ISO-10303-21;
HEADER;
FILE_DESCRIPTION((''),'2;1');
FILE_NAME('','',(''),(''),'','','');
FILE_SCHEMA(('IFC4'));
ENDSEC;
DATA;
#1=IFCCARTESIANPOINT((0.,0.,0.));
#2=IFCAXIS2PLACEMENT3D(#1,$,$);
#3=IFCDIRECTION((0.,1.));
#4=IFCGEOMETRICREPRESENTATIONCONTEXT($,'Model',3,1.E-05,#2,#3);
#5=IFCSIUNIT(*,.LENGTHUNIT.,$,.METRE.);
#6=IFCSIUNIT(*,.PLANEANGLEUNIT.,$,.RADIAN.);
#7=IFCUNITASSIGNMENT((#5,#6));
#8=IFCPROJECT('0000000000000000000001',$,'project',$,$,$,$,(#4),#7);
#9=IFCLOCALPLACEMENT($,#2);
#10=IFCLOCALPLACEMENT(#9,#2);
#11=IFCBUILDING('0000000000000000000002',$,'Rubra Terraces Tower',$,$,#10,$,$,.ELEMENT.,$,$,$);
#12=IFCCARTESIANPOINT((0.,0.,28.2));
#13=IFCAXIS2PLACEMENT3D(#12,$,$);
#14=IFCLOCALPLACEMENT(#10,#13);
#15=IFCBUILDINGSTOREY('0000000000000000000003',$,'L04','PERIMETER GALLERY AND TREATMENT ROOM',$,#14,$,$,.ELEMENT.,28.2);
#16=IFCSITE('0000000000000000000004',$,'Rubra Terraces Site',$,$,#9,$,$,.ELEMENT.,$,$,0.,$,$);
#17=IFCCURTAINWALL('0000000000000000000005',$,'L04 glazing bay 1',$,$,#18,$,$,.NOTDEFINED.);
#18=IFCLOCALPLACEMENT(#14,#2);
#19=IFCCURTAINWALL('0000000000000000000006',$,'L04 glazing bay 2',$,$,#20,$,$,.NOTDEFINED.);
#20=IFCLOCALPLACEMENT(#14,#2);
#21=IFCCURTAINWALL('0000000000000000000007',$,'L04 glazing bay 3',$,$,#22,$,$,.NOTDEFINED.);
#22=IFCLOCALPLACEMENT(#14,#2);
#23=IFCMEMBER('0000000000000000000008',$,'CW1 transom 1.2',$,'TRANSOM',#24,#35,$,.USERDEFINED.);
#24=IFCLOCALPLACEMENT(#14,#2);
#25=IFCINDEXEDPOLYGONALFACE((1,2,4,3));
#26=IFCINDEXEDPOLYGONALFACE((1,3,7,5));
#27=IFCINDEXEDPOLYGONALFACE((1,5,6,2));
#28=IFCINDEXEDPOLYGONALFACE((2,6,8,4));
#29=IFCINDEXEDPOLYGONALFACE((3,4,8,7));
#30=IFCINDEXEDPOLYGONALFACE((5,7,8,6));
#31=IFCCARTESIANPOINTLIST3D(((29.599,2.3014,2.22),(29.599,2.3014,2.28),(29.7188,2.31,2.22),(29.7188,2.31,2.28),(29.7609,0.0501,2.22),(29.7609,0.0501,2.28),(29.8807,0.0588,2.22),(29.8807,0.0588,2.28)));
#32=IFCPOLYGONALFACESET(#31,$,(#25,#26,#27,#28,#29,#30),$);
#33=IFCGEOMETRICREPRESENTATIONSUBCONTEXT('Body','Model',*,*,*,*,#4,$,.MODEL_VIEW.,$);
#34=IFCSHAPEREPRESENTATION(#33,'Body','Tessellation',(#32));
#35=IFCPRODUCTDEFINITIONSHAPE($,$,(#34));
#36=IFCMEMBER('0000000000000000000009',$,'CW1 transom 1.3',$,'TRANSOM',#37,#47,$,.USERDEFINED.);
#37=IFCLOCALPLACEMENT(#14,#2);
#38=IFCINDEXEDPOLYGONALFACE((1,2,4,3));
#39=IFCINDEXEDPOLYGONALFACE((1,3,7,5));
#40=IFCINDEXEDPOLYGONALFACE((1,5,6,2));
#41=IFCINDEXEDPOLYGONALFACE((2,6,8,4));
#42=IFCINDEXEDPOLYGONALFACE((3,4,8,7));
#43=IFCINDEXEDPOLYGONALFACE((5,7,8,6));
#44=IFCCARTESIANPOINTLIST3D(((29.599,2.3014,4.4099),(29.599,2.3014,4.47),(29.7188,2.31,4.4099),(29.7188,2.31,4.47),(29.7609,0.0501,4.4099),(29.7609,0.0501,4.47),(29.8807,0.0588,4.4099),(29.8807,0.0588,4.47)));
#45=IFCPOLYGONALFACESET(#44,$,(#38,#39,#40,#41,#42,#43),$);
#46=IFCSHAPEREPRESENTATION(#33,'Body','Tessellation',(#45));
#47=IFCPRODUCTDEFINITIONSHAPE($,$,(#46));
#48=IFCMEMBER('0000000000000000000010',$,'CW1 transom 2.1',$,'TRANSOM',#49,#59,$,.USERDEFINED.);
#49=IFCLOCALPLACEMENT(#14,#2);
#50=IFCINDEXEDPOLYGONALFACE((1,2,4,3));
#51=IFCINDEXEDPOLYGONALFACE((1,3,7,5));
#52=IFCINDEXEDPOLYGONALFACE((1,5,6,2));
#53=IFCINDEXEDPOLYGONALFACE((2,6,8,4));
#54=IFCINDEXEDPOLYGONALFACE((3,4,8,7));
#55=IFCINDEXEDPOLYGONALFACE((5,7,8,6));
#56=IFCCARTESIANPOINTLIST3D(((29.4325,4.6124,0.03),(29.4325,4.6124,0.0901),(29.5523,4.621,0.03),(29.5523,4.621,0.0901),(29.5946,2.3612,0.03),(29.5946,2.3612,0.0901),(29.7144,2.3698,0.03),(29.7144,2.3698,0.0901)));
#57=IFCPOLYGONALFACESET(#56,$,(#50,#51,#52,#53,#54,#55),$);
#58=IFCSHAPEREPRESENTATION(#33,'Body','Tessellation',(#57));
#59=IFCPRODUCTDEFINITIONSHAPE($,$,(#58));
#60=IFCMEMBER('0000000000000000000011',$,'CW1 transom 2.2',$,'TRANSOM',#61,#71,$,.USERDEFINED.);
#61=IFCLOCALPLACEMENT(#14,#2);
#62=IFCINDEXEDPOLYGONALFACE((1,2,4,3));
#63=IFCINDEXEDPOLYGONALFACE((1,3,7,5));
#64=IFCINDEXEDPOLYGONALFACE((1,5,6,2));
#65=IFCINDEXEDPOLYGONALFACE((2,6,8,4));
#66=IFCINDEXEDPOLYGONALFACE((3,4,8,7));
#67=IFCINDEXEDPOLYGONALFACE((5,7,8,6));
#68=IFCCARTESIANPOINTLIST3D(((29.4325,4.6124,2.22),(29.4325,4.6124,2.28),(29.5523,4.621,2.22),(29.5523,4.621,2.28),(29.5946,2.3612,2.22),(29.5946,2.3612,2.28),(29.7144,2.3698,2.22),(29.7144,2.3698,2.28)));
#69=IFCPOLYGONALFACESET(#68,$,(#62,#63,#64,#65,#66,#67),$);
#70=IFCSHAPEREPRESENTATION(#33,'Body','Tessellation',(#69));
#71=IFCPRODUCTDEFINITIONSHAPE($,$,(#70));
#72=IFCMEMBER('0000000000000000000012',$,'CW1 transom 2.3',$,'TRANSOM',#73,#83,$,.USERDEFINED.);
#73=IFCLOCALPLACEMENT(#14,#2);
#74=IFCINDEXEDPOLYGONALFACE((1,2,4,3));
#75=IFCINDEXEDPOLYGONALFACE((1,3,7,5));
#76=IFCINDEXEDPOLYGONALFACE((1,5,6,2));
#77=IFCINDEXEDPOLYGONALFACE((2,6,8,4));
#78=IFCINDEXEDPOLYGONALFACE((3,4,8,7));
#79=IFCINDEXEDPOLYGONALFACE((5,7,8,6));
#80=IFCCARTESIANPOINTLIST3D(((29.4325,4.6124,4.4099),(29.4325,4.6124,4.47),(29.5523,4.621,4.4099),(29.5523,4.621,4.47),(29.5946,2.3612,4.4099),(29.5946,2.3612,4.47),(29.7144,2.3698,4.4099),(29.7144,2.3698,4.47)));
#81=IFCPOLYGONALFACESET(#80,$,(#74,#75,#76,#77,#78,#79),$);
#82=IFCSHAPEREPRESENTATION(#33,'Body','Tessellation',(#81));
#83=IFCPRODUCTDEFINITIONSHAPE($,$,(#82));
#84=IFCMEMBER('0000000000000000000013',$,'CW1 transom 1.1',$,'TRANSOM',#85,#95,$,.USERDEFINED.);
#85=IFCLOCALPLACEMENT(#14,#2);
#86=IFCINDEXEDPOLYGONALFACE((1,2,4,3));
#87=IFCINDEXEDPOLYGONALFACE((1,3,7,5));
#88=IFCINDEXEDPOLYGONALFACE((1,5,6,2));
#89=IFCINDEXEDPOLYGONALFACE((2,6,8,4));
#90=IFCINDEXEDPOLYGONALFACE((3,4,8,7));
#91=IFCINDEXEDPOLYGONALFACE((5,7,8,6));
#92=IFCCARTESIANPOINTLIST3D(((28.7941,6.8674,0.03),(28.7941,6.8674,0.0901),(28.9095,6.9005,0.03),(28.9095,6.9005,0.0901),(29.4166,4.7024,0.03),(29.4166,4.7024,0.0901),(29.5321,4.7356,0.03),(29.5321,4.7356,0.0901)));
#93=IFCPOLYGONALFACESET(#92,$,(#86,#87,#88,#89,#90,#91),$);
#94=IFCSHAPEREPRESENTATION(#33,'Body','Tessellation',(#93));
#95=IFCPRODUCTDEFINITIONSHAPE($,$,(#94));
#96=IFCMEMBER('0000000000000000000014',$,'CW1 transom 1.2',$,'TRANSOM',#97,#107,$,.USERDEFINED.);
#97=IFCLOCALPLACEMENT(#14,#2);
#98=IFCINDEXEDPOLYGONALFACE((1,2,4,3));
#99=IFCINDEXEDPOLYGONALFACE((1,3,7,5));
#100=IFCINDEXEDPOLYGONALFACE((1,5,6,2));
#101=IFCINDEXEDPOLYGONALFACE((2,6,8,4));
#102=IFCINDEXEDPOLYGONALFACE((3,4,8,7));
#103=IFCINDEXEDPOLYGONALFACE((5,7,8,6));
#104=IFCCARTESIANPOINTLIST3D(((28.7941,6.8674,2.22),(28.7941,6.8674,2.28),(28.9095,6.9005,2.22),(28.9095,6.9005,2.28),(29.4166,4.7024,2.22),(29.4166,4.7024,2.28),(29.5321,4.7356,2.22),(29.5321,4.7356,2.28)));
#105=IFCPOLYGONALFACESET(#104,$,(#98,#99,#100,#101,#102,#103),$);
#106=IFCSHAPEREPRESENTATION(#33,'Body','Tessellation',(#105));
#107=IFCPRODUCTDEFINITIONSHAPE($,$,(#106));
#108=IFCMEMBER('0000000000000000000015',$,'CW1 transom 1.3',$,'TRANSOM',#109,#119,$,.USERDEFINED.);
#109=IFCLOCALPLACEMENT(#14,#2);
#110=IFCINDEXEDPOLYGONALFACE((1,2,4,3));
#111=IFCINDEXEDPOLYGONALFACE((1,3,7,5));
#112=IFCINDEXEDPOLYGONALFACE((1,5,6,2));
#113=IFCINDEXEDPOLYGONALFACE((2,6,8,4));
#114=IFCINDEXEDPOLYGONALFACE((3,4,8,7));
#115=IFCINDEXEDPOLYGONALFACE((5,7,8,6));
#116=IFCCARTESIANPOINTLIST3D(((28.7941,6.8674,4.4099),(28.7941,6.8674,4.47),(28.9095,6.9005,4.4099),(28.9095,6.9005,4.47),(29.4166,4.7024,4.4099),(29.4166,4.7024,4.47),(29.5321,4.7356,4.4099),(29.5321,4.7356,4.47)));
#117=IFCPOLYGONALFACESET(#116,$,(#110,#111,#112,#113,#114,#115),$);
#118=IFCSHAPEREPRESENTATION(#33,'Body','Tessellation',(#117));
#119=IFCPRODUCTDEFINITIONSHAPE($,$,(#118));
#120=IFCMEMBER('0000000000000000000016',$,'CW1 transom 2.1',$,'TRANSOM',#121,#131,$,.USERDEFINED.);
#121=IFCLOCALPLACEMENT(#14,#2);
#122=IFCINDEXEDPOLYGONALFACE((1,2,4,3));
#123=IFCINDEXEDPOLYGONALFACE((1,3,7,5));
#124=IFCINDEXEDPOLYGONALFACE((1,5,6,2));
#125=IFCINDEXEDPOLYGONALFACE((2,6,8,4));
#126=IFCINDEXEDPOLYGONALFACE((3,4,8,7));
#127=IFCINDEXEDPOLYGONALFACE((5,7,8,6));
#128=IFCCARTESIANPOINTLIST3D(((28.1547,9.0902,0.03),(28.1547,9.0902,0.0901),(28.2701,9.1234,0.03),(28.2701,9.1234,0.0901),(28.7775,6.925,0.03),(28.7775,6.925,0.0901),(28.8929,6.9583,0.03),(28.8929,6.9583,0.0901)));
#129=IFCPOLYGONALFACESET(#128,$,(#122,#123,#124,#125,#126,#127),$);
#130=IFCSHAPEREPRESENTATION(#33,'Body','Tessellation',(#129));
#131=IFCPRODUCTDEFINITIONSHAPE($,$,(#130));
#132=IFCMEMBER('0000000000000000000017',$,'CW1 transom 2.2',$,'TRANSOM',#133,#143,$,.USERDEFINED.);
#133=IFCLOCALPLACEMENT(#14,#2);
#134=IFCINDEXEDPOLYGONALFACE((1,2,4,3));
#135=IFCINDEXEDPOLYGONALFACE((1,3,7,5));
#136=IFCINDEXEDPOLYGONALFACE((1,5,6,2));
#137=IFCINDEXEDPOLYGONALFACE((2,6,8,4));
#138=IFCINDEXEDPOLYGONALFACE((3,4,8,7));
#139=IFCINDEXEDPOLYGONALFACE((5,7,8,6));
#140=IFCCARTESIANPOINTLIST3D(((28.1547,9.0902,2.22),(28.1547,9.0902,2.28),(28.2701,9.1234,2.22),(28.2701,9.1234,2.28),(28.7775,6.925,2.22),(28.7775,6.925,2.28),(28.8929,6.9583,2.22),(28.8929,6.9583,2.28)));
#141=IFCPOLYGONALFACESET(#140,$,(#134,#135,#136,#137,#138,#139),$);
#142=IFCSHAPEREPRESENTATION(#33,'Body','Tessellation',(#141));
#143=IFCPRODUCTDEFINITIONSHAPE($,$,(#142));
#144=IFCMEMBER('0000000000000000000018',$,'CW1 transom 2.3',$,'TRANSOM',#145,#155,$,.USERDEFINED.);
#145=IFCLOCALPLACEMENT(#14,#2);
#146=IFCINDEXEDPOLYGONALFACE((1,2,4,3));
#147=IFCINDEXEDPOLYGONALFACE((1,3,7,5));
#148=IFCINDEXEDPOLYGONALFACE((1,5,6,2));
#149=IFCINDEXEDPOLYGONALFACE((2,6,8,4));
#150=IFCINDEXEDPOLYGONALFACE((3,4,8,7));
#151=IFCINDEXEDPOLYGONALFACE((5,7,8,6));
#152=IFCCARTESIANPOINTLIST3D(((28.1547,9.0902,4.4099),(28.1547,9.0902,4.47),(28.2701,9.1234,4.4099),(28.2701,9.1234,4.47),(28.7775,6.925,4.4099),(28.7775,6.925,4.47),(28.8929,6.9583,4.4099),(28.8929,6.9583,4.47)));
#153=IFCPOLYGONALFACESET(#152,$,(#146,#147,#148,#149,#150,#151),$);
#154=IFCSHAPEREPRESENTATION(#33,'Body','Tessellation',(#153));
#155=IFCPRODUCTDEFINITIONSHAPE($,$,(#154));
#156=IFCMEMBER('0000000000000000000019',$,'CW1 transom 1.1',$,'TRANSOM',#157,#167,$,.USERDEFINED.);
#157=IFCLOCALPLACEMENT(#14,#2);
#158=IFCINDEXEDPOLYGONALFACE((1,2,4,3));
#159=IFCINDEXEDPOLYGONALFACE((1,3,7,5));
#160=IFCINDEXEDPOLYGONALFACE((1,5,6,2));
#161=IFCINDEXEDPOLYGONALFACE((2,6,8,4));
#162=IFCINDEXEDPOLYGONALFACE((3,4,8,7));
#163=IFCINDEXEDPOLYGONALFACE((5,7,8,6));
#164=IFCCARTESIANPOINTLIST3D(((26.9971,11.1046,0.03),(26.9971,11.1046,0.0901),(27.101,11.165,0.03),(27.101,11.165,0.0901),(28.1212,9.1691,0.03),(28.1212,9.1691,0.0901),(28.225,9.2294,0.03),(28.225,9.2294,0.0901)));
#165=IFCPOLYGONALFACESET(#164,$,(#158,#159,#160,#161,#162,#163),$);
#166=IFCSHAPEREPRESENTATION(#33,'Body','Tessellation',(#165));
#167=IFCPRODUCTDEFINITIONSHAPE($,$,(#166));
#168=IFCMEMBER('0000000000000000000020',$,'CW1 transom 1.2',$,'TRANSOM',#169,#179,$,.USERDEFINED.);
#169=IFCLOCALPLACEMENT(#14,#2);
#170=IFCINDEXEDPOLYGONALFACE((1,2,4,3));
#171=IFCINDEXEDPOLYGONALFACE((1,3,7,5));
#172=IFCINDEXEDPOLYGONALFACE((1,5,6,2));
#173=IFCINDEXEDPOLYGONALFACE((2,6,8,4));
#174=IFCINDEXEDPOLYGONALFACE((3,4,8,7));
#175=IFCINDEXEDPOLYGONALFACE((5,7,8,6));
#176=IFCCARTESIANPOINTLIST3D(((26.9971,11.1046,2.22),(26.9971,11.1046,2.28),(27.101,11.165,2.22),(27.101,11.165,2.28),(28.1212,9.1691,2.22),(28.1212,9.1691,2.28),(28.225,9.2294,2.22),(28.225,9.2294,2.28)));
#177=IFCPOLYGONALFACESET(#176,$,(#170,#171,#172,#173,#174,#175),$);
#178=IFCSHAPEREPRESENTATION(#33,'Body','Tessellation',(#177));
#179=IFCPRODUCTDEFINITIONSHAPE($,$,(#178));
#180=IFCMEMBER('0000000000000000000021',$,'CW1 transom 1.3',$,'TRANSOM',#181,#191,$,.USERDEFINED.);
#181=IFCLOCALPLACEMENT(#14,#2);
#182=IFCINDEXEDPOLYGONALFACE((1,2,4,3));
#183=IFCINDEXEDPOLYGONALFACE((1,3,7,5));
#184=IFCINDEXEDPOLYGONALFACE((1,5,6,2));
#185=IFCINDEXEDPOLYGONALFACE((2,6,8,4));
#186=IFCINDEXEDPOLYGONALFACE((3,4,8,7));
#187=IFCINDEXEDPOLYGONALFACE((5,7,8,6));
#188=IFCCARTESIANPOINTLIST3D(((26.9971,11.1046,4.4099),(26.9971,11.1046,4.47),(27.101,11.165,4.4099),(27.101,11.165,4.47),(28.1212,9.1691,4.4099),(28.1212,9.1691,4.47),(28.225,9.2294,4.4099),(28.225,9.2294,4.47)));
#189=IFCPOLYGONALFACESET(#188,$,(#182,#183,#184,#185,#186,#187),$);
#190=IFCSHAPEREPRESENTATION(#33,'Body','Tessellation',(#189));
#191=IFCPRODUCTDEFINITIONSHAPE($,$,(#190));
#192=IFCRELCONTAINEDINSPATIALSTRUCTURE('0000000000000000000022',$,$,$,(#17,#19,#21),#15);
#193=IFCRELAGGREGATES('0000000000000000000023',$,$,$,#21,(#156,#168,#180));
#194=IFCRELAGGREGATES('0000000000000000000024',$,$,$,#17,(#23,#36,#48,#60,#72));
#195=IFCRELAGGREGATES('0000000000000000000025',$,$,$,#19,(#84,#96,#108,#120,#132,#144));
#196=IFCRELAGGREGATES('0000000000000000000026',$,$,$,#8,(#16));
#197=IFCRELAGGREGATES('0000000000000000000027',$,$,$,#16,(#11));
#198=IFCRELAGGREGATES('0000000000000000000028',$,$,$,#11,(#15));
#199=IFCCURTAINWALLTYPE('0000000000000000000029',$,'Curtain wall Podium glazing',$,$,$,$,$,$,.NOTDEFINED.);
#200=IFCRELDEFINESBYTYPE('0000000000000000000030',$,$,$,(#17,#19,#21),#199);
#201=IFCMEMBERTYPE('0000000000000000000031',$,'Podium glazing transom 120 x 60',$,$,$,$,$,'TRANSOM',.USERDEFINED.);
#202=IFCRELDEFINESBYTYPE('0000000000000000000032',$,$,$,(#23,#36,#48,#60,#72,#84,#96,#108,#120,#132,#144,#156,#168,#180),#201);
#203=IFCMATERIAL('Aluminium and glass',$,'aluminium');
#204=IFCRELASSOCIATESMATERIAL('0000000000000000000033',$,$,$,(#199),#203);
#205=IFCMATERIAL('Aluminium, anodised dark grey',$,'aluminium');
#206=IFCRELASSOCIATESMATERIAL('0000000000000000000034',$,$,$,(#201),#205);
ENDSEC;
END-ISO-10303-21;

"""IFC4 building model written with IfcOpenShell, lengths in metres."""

from ifc_helpers import new_model, si_unit, direction, frame, origin, origin_2d, place, context, subcontext, project, spatial, rectangle, extrude, material, material_profile, profile_set, type_object, element, aggregate, save


model = new_model("IFC4")

# Units and contexts
model_context = context("Model", 3, precision=1e-05, world=origin(), true_north=direction((0.0, 1.0)))
body_context = subcontext(model_context, "Body", "Model", "MODEL_VIEW")
ifc_project = project(units=[si_unit("LENGTHUNIT", "METRE"), si_unit("PLANEANGLEUNIT", "RADIAN")], contexts=[model_context])

# Site, building, storey
site_placement = place(None, origin())
site = spatial("IfcSite", under=ifc_project, at=site_placement, Name="Rubra Terraces Site", CompositionType="ELEMENT", RefElevation=0.0)
building_placement = place(site_placement, origin())
building = spatial("IfcBuilding", under=site, at=building_placement, Name="Rubra Terraces Tower", CompositionType="ELEMENT")
storey_placement = place(building_placement, frame((0.0, 0.0, 28.2)))
storey = spatial("IfcBuildingStorey", under=building, at=storey_placement, Name="L04", Description="PERIMETER GALLERY AND TREATMENT ROOM", CompositionType="ELEMENT", Elevation=28.2)

# Curtain walls
ifc_material_1 = material(Name="Aluminium and glass", Category="aluminium")
curtain_wall_type = type_object("IfcCurtainWallType", Name="Curtain wall Podium glazing", PredefinedType="NOTDEFINED", material=ifc_material_1)
curtain_wall_1_placement = place(storey_placement, origin())
curtain_wall_1 = element("IfcCurtainWall", 1, at=curtain_wall_1_placement, inside=storey, type_object=curtain_wall_type, Name="L04 glazing bay 1", PredefinedType="NOTDEFINED")
ifc_material_2 = material(Name="Aluminium, anodised dark grey", Category="aluminium")
curtain_wall_2_placement = place(storey_placement, origin())
curtain_wall_2 = element("IfcCurtainWall", 2, at=curtain_wall_2_placement, inside=storey, type_object=curtain_wall_type, Name="L04 glazing bay 2", PredefinedType="NOTDEFINED")

# Curtain wall
curtain_wall_3_placement = place(storey_placement, origin())
curtain_wall_3 = element("IfcCurtainWall", 3, at=curtain_wall_3_placement, inside=storey, type_object=curtain_wall_type, Name="L04 glazing bay 3", PredefinedType="NOTDEFINED")

# Members
ifc_material_profile_1 = material_profile(ifc_material_2, rectangle(XDim=0.1201, YDim=0.0601, at=origin_2d()), Name="AL 120x60")
ifc_profile_set_1 = profile_set([ifc_material_profile_1], Name="Aluminium, anodised dark grey")
member_type_1 = type_object("IfcMemberType", Name="Podium glazing transom 120 x 60", ElementType="TRANSOM", PredefinedType="USERDEFINED", material=ifc_profile_set_1)
member_1_placement = place(storey_placement, frame((29.8208, 0.0544, 2.25), z_axis=(-0.071716, 0.997425, 0.0), x_axis=(-0.997425, -0.071716, 0.0)))
member_1 = element("IfcMember", 4, at=member_1_placement, type_object=member_type_1, Name="CW1 transom 1.2", ObjectType="TRANSOM", PredefinedType="USERDEFINED", context=body_context, shape_type="SweptSolid", body=[
    extrude(rectangle(XDim=0.1201, YDim=0.0601, at=origin_2d()), origin(), (0.0, 0.0, 1.0), 2.2571),
])
member_2_placement = place(storey_placement, frame((29.8208, 0.0544, 4.4399), z_axis=(-0.071716, 0.997425, 0.0), x_axis=(-0.997425, -0.071716, 0.0)))
member_2 = element("IfcMember", 5, at=member_2_placement, type_object=member_type_1, Name="CW1 transom 1.3", ObjectType="TRANSOM", PredefinedType="USERDEFINED", context=body_context, shape_type="SweptSolid", body=[
    extrude(rectangle(XDim=0.1201, YDim=0.0601, at=origin_2d()), origin(), (0.0, 0.0, 1.0), 2.2571),
])
member_3_placement = place(storey_placement, frame((29.6545, 2.3655, 0.0601), z_axis=(-0.071824, 0.997417, 0.0), x_axis=(-0.997417, -0.071824, 0.0)))
member_3 = element("IfcMember", 6, at=member_3_placement, type_object=member_type_1, Name="CW1 transom 2.1", ObjectType="TRANSOM", PredefinedType="USERDEFINED", context=body_context, shape_type="SweptSolid", body=[
    extrude(rectangle(XDim=0.1201, YDim=0.0601, at=origin_2d()), origin(), (0.0, 0.0, 1.0), 2.2571),
])
member_4_placement = place(storey_placement, frame((29.6545, 2.3655, 2.25), z_axis=(-0.071824, 0.997417, 0.0), x_axis=(-0.997417, -0.071824, 0.0)))
member_4 = element("IfcMember", 7, at=member_4_placement, type_object=member_type_1, Name="CW1 transom 2.2", ObjectType="TRANSOM", PredefinedType="USERDEFINED", context=body_context, shape_type="SweptSolid", body=[
    extrude(rectangle(XDim=0.1201, YDim=0.0601, at=origin_2d()), origin(), (0.0, 0.0, 1.0), 2.2571),
])
member_5_placement = place(storey_placement, frame((29.6545, 2.3655, 4.4399), z_axis=(-0.071824, 0.997417, 0.0), x_axis=(-0.997417, -0.071824, 0.0)))
member_5 = element("IfcMember", 8, at=member_5_placement, type_object=member_type_1, Name="CW1 transom 2.3", ObjectType="TRANSOM", PredefinedType="USERDEFINED", context=body_context, shape_type="SweptSolid", body=[
    extrude(rectangle(XDim=0.1201, YDim=0.0601, at=origin_2d()), origin(), (0.0, 0.0, 1.0), 2.2571),
])
member_6_placement = place(storey_placement, frame((29.4744, 4.719, 0.0601), z_axis=(-0.276352, 0.961056, 0.0), x_axis=(-0.961056, -0.276352, 0.0)))
member_6 = element("IfcMember", 9, at=member_6_placement, type_object=member_type_1, Name="CW1 transom 1.1", ObjectType="TRANSOM", PredefinedType="USERDEFINED", context=body_context, shape_type="SweptSolid", body=[
    extrude(rectangle(XDim=0.1201, YDim=0.0601, at=origin_2d()), origin(), (0.0, 0.0, 1.0), 2.2527),
])
member_7_placement = place(storey_placement, frame((29.4744, 4.719, 2.25), z_axis=(-0.276352, 0.961056, 0.0), x_axis=(-0.961056, -0.276352, 0.0)))
member_7 = element("IfcMember", 10, at=member_7_placement, type_object=member_type_1, Name="CW1 transom 1.2", ObjectType="TRANSOM", PredefinedType="USERDEFINED", context=body_context, shape_type="SweptSolid", body=[
    extrude(rectangle(XDim=0.1201, YDim=0.0601, at=origin_2d()), origin(), (0.0, 0.0, 1.0), 2.2527),
])
member_8_placement = place(storey_placement, frame((29.4744, 4.719, 4.4399), z_axis=(-0.276352, 0.961056, 0.0), x_axis=(-0.961056, -0.276352, 0.0)))
member_8 = element("IfcMember", 11, at=member_8_placement, type_object=member_type_1, Name="CW1 transom 1.3", ObjectType="TRANSOM", PredefinedType="USERDEFINED", context=body_context, shape_type="SweptSolid", body=[
    extrude(rectangle(XDim=0.1201, YDim=0.0601, at=origin_2d()), origin(), (0.0, 0.0, 1.0), 2.2527),
])
member_9_placement = place(storey_placement, frame((28.8352, 6.9417, 0.0601), z_axis=(-0.276453, 0.961028, 0.0), x_axis=(-0.961028, -0.276453, 0.0)))
member_9 = element("IfcMember", 12, at=member_9_placement, type_object=member_type_1, Name="CW1 transom 2.1", ObjectType="TRANSOM", PredefinedType="USERDEFINED", context=body_context, shape_type="SweptSolid", body=[
    extrude(rectangle(XDim=0.1201, YDim=0.0601, at=origin_2d()), origin(), (0.0, 0.0, 1.0), 2.2529),
])
member_10_placement = place(storey_placement, frame((28.8352, 6.9417, 2.25), z_axis=(-0.276453, 0.961028, 0.0), x_axis=(-0.961028, -0.276453, 0.0)))
member_10 = element("IfcMember", 13, at=member_10_placement, type_object=member_type_1, Name="CW1 transom 2.2", ObjectType="TRANSOM", PredefinedType="USERDEFINED", context=body_context, shape_type="SweptSolid", body=[
    extrude(rectangle(XDim=0.1201, YDim=0.0601, at=origin_2d()), origin(), (0.0, 0.0, 1.0), 2.2529),
])
member_11_placement = place(storey_placement, frame((28.8352, 6.9417, 4.4399), z_axis=(-0.276453, 0.961028, 0.0), x_axis=(-0.961028, -0.276453, 0.0)))
member_11 = element("IfcMember", 14, at=member_11_placement, type_object=member_type_1, Name="CW1 transom 2.3", ObjectType="TRANSOM", PredefinedType="USERDEFINED", context=body_context, shape_type="SweptSolid", body=[
    extrude(rectangle(XDim=0.1201, YDim=0.0601, at=origin_2d()), origin(), (0.0, 0.0, 1.0), 2.2529),
])
member_12_placement = place(storey_placement, frame((28.1731, 9.1992, 0.0601), z_axis=(-0.502188, 0.864758, 0.0), x_axis=(-0.864758, -0.502188, 0.0)))
member_12 = element("IfcMember", 15, at=member_12_placement, type_object=member_type_1, Name="CW1 transom 1.1", ObjectType="TRANSOM", PredefinedType="USERDEFINED", context=body_context, shape_type="SweptSolid", body=[
    extrude(rectangle(XDim=0.1201, YDim=0.0601, at=origin_2d()), origin(), (0.0, 0.0, 1.0), 2.2383),
])
member_13_placement = place(storey_placement, frame((28.1731, 9.1992, 2.25), z_axis=(-0.502188, 0.864758, 0.0), x_axis=(-0.864758, -0.502188, 0.0)))
member_13 = element("IfcMember", 16, at=member_13_placement, type_object=member_type_1, Name="CW1 transom 1.2", ObjectType="TRANSOM", PredefinedType="USERDEFINED", context=body_context, shape_type="SweptSolid", body=[
    extrude(rectangle(XDim=0.1201, YDim=0.0601, at=origin_2d()), origin(), (0.0, 0.0, 1.0), 2.2383),
])
member_14_placement = place(storey_placement, frame((28.1731, 9.1992, 4.4399), z_axis=(-0.502188, 0.864758, 0.0), x_axis=(-0.864758, -0.502188, 0.0)))
member_14 = element("IfcMember", 17, at=member_14_placement, type_object=member_type_1, Name="CW1 transom 1.3", ObjectType="TRANSOM", PredefinedType="USERDEFINED", context=body_context, shape_type="SweptSolid", body=[
    extrude(rectangle(XDim=0.1201, YDim=0.0601, at=origin_2d()), origin(), (0.0, 0.0, 1.0), 2.2383),
])
aggregate(curtain_wall_3, [member_12, member_13, member_14])

aggregate(curtain_wall_1, [member_1, member_2, member_3, member_4, member_5])
aggregate(curtain_wall_2, [member_6, member_7, member_8, member_9, member_10, member_11])

save(model, "model.ifc")
